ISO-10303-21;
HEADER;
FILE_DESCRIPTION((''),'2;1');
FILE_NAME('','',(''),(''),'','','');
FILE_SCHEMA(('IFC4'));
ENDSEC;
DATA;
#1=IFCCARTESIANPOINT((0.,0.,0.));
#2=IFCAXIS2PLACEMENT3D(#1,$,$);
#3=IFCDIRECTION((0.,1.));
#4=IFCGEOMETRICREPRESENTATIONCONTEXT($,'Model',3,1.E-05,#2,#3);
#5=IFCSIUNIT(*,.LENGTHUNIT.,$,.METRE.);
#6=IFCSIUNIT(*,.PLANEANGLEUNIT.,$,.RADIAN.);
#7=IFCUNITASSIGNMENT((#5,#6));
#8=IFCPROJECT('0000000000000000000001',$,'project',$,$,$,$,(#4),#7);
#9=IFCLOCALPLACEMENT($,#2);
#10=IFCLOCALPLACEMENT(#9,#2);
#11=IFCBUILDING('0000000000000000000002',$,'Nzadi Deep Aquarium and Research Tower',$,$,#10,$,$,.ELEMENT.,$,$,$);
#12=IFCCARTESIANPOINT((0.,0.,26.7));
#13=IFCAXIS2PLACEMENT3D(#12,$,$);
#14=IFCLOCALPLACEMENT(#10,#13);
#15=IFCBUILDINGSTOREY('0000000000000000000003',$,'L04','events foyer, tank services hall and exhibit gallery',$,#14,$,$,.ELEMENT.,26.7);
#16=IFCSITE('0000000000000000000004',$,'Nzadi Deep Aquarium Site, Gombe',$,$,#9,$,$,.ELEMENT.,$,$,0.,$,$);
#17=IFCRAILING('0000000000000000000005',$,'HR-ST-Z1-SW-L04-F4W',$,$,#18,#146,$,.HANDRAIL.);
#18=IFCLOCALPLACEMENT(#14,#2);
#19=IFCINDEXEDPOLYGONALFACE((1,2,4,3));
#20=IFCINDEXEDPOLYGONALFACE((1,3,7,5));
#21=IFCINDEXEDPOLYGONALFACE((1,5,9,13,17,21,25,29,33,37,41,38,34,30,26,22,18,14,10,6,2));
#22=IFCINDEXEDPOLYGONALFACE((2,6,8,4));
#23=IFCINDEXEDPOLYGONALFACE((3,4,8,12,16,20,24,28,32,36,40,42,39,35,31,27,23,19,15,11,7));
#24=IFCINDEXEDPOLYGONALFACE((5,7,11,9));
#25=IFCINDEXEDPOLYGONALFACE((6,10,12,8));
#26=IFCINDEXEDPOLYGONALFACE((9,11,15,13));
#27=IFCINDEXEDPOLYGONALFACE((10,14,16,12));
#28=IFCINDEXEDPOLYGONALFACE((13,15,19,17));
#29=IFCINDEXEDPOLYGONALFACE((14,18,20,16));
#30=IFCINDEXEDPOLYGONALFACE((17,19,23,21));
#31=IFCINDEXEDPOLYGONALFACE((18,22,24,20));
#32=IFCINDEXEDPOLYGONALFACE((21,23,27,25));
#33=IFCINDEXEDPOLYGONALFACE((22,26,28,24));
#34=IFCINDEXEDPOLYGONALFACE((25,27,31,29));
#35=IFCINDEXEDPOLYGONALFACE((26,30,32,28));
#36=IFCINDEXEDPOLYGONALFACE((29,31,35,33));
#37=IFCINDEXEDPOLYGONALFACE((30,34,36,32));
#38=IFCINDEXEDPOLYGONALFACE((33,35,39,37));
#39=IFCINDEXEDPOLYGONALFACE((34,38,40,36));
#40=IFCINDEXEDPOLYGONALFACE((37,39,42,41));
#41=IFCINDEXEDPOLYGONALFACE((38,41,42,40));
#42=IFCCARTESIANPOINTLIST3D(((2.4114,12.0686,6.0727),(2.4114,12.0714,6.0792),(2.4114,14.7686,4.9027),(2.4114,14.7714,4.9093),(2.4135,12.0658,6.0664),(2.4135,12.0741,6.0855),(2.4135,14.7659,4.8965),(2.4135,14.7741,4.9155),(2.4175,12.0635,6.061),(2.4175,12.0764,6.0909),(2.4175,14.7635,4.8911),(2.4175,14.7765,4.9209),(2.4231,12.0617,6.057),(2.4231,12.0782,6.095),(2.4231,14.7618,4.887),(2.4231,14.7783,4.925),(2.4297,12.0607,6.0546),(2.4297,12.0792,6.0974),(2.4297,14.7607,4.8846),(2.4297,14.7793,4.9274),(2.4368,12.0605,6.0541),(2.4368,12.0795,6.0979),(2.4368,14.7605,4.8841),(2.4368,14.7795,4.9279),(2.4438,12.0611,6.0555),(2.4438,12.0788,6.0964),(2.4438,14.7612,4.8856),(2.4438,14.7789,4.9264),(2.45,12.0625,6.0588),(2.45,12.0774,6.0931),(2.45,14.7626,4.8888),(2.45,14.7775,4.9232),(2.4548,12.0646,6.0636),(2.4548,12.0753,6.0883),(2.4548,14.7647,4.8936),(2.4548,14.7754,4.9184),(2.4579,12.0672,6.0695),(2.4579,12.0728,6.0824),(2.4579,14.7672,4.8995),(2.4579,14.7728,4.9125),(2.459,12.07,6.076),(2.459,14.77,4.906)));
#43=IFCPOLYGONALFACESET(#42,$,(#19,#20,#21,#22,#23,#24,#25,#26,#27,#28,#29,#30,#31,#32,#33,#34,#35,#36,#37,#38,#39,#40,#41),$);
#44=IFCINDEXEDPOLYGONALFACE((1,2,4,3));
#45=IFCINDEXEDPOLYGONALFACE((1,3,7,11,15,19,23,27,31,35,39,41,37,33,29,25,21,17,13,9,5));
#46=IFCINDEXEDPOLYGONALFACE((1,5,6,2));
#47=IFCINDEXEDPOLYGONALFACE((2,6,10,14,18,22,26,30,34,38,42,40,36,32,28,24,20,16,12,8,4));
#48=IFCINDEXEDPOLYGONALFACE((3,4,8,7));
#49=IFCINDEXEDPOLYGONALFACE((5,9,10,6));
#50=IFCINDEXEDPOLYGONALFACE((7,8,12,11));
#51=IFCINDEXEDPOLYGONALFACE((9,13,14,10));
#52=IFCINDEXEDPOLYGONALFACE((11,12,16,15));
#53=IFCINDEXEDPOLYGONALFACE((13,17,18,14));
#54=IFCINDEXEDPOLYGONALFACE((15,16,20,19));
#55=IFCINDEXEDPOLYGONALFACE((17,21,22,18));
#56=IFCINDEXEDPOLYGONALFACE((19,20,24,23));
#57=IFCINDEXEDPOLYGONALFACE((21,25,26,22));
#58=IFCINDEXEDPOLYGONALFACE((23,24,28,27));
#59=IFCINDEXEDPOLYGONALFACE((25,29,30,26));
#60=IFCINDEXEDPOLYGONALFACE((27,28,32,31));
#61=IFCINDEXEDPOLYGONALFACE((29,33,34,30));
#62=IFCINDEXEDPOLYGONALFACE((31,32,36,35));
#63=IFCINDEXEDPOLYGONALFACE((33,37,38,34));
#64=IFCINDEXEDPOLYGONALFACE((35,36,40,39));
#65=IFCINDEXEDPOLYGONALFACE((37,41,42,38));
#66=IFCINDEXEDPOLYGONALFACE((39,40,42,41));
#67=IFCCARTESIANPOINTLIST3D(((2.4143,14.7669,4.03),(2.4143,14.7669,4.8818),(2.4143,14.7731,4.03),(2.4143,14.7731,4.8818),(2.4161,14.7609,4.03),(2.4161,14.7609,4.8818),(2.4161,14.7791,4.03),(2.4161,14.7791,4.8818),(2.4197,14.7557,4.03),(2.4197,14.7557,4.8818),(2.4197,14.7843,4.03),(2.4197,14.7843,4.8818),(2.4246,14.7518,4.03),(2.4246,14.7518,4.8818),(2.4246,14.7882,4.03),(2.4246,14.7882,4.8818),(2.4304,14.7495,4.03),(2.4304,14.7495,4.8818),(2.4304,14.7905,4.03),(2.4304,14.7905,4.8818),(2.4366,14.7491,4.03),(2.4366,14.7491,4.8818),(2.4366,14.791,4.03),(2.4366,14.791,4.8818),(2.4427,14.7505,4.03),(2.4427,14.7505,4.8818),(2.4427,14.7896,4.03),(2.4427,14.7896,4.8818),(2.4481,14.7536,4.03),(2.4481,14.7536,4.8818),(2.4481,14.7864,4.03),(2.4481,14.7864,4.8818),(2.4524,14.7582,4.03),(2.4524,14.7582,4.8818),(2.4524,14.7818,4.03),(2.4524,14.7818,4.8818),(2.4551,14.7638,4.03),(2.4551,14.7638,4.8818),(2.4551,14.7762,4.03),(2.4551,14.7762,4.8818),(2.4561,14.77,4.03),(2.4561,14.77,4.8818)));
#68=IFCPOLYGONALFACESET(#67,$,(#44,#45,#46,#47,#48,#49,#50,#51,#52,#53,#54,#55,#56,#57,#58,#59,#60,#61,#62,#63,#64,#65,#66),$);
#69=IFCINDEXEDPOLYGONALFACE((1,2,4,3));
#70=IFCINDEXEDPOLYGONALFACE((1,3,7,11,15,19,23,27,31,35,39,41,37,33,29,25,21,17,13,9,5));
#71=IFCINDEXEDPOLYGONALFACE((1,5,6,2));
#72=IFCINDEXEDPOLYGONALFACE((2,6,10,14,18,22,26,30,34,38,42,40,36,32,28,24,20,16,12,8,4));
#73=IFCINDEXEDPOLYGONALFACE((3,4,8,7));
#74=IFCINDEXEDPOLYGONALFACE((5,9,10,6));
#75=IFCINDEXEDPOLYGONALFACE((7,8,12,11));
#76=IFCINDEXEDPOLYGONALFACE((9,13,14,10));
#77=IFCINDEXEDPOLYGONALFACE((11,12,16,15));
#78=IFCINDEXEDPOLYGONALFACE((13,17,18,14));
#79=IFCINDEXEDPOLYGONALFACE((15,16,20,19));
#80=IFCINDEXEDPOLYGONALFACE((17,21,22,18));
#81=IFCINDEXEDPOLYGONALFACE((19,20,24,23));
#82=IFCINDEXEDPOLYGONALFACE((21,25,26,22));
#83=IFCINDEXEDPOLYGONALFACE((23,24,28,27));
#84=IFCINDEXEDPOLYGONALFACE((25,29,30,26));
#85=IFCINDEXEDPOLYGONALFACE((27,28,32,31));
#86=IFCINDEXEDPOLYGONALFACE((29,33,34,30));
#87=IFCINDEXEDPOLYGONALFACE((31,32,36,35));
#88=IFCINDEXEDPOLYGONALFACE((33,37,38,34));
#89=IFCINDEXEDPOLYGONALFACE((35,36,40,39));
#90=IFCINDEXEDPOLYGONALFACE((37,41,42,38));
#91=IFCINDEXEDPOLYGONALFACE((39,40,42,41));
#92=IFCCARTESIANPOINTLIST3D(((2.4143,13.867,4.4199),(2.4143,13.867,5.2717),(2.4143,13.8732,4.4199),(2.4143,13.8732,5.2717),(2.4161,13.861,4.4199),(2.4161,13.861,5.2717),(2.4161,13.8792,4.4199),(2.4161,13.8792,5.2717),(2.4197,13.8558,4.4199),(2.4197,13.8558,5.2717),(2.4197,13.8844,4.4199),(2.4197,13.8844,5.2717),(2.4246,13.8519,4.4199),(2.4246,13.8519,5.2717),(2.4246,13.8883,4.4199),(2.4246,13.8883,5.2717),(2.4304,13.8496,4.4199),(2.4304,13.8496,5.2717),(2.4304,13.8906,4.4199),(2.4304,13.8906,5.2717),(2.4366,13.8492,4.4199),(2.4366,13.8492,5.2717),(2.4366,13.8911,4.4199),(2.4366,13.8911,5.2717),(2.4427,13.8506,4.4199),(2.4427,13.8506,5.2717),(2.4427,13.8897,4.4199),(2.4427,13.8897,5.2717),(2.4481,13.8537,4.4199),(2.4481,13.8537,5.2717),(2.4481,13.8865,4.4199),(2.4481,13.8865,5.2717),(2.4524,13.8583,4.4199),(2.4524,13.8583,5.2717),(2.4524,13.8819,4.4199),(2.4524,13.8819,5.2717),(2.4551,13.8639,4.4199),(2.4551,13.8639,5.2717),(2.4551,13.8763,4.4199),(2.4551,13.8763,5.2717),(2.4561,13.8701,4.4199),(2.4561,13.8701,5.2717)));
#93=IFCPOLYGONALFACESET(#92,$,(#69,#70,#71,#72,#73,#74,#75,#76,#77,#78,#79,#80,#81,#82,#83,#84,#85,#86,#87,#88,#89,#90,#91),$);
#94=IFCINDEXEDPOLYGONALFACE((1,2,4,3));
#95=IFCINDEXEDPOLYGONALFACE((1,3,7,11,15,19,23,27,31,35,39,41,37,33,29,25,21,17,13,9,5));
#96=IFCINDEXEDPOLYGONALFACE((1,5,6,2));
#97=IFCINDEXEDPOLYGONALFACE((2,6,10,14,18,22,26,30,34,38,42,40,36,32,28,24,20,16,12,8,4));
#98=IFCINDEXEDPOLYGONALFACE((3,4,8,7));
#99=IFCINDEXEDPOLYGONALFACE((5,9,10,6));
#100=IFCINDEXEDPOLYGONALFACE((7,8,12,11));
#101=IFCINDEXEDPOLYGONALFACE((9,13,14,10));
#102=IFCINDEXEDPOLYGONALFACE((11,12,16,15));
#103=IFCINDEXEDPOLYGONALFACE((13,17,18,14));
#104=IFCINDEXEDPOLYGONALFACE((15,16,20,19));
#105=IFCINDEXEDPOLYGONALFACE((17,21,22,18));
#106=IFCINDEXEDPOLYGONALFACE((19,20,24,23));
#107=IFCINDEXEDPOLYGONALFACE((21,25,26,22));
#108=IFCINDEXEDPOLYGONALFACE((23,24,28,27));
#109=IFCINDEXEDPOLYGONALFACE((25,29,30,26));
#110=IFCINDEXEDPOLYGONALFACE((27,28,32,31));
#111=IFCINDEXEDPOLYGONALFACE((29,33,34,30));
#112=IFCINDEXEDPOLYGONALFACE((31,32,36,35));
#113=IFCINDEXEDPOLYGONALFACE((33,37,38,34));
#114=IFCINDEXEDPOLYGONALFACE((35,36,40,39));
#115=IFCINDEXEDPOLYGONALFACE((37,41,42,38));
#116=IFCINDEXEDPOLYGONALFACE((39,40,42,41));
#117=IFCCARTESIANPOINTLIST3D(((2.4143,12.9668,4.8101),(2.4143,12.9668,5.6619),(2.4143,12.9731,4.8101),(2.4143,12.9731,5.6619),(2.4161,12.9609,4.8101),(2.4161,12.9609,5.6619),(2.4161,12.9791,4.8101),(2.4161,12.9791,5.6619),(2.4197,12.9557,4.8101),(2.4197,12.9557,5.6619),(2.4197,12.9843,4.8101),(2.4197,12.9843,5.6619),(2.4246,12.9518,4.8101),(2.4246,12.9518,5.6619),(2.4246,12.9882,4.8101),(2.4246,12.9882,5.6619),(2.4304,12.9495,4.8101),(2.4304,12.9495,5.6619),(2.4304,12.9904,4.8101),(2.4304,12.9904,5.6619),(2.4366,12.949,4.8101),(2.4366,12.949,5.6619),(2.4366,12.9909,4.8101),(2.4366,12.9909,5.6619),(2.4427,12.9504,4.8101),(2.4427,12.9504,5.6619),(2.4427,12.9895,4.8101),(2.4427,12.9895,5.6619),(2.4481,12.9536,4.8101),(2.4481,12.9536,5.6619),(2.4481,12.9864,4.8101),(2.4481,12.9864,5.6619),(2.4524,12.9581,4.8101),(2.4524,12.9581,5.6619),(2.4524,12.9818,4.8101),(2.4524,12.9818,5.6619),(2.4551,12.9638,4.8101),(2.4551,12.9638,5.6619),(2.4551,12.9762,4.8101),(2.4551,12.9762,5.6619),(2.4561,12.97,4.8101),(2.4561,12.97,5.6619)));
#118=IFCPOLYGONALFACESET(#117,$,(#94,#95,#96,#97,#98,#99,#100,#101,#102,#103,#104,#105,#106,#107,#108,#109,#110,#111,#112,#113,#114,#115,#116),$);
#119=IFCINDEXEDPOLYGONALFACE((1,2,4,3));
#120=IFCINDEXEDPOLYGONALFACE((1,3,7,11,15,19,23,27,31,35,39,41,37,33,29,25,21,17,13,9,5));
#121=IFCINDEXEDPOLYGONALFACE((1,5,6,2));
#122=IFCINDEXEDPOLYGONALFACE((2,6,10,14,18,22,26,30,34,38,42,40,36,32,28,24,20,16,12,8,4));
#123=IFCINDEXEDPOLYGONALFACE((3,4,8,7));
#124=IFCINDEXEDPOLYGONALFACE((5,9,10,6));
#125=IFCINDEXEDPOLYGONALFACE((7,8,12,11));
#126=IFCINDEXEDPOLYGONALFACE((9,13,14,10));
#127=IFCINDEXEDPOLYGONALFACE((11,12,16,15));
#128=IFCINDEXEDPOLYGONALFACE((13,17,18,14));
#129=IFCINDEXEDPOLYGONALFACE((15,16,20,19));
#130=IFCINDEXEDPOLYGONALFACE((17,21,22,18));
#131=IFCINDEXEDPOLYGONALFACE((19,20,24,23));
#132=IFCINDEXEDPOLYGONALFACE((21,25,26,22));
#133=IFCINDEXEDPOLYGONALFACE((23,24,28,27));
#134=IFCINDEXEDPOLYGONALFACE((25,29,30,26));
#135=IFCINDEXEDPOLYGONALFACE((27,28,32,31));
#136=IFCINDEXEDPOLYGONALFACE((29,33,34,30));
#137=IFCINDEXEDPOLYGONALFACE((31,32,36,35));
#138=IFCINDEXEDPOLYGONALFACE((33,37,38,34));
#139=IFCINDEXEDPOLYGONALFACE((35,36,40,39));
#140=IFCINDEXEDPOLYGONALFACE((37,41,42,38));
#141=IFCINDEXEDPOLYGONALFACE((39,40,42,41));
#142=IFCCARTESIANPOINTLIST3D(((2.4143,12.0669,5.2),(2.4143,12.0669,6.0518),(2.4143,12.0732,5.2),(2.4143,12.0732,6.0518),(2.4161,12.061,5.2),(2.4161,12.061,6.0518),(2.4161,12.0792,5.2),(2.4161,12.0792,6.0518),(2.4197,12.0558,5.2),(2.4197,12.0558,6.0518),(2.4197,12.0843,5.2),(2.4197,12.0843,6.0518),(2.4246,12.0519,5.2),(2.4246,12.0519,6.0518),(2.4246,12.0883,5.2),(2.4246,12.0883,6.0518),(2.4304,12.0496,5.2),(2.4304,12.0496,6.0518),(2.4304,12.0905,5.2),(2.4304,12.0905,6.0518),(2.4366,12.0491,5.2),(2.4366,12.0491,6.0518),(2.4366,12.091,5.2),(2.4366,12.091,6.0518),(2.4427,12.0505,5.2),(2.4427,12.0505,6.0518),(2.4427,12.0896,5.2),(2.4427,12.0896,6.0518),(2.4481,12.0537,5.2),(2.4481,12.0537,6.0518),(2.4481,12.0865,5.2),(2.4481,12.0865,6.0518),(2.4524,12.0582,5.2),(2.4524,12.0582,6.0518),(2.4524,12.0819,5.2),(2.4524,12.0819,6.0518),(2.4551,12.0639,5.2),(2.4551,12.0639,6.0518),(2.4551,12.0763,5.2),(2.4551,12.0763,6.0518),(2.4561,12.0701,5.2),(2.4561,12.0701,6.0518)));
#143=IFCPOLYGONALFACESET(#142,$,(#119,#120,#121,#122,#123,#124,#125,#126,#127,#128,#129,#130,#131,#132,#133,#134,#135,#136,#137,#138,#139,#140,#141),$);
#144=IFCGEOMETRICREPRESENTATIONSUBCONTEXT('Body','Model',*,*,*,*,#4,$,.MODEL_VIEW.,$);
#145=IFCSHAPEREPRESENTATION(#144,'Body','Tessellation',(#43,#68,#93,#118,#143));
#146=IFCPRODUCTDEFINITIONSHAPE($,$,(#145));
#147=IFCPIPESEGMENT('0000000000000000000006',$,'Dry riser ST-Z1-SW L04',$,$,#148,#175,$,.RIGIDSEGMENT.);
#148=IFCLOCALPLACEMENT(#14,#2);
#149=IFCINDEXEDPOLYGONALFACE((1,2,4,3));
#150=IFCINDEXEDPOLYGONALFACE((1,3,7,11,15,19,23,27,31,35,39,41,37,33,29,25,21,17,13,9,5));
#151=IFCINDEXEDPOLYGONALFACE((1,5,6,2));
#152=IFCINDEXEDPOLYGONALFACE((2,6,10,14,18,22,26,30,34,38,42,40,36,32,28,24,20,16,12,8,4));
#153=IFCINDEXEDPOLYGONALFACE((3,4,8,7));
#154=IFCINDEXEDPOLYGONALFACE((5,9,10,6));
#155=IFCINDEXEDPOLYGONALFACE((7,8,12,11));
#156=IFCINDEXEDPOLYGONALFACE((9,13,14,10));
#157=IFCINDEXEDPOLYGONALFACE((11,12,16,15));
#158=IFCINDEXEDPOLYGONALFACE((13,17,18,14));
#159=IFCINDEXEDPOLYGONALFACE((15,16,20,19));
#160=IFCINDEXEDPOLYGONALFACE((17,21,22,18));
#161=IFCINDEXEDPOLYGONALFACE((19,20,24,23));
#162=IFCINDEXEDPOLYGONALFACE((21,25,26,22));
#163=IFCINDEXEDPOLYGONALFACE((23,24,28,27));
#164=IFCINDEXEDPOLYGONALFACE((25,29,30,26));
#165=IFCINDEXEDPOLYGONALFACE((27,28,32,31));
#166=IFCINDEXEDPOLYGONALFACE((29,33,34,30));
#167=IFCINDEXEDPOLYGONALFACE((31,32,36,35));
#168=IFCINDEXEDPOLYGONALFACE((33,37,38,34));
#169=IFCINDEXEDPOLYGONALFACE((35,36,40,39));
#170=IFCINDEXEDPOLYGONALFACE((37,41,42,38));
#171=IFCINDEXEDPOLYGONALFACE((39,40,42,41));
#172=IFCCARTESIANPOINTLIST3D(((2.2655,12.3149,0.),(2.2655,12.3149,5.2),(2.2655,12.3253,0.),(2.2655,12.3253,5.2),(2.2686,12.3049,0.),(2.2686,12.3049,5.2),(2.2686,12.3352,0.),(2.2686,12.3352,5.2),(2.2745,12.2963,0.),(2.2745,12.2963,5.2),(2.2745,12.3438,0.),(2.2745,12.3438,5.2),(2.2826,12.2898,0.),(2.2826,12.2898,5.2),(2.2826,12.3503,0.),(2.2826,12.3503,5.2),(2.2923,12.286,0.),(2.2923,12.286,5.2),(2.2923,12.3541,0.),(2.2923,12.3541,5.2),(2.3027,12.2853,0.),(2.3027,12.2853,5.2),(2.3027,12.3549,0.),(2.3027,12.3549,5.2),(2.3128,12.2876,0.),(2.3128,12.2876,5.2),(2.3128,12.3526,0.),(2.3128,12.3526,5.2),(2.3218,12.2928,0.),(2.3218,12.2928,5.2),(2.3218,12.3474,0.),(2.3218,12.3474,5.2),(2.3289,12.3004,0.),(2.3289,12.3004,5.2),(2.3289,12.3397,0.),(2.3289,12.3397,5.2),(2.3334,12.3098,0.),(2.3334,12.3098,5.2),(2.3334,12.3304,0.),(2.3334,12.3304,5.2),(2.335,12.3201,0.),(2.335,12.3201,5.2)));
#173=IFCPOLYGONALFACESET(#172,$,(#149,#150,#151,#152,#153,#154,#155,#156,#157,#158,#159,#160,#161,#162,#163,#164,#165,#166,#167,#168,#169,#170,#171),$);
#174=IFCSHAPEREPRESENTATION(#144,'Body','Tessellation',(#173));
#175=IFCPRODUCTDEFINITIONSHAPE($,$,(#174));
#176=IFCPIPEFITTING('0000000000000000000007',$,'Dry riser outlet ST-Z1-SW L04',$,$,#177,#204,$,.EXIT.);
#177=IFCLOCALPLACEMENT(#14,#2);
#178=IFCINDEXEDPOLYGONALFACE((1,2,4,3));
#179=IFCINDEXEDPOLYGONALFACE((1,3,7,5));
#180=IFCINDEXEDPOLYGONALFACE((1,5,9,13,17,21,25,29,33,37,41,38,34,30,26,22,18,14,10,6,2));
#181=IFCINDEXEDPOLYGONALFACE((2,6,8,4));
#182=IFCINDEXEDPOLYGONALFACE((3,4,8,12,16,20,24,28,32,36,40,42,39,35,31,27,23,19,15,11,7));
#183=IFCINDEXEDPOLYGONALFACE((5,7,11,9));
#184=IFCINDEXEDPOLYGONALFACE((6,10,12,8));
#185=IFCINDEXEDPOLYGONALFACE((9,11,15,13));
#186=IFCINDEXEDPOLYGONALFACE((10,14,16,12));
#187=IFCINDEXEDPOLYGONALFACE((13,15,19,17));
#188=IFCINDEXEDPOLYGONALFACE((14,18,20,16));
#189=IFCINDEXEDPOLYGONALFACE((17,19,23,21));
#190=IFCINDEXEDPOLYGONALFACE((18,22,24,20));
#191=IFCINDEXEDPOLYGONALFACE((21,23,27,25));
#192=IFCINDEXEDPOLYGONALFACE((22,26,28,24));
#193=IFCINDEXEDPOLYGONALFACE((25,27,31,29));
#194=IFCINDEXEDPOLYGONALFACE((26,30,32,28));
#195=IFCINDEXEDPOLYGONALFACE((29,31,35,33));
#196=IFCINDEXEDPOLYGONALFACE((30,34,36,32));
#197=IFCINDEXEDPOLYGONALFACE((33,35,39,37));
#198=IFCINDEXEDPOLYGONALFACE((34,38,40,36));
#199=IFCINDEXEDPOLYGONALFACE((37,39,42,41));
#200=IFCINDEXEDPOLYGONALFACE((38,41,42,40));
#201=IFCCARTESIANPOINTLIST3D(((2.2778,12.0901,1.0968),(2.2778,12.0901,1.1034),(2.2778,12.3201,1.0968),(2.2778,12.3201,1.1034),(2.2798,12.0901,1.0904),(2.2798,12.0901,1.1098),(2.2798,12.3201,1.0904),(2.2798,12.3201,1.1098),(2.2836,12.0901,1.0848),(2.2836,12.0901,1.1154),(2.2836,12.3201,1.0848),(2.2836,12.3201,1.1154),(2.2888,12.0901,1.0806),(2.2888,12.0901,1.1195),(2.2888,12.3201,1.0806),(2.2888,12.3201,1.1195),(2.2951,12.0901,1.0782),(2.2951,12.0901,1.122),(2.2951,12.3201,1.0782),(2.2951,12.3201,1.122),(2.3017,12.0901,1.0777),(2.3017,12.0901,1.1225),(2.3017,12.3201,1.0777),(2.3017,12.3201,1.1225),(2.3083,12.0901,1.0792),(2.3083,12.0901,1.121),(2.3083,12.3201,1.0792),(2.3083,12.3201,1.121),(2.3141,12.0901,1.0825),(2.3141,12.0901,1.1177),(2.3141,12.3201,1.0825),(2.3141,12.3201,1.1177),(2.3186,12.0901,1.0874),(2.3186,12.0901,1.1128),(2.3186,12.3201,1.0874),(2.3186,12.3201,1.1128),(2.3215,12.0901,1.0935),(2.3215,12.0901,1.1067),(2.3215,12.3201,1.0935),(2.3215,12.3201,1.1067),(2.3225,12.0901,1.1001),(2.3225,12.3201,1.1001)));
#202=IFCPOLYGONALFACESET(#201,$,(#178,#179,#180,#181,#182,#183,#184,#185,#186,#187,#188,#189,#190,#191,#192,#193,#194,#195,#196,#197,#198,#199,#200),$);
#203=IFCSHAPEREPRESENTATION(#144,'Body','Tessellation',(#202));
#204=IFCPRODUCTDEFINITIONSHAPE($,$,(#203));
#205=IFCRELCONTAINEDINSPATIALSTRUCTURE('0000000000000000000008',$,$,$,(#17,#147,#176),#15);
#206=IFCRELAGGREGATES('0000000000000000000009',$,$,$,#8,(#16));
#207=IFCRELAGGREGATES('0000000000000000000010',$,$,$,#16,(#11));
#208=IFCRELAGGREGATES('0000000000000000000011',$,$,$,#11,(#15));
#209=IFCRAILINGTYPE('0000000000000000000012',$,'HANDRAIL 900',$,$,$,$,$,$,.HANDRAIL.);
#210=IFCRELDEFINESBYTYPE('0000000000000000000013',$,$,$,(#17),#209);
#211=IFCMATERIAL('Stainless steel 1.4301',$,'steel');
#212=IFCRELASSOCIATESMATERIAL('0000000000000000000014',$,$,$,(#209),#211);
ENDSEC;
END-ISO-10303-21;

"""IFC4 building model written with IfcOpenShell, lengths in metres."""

from ifc_helpers import new_model, si_unit, direction, frame, origin, origin_2d, place, context, subcontext, project, spatial, circle, extrude, material, type_object, element, save


model = new_model("IFC4")

# Units and contexts
model_context = context("Model", 3, precision=1e-05, world=origin(), true_north=direction((0.0, 1.0)))
body_context = subcontext(model_context, "Body", "Model", "MODEL_VIEW")
ifc_project = project(units=[si_unit("LENGTHUNIT", "METRE"), si_unit("PLANEANGLEUNIT", "RADIAN")], contexts=[model_context])

# Site, building, storey
site_placement = place(None, origin())
site = spatial("IfcSite", under=ifc_project, at=site_placement, Name="Nzadi Deep Aquarium Site, Gombe", CompositionType="ELEMENT", RefElevation=0.0)
building_placement = place(site_placement, origin())
building = spatial("IfcBuilding", under=site, at=building_placement, Name="Nzadi Deep Aquarium and Research Tower", CompositionType="ELEMENT")
storey_placement = place(building_placement, frame((0.0, 0.0, 26.7)))
storey = spatial("IfcBuildingStorey", under=building, at=storey_placement, Name="L04", Description="events foyer, tank services hall and exhibit gallery", CompositionType="ELEMENT", Elevation=26.7)

# Railing
ifc_material_1 = material(Name="Stainless steel 1.4301", Category="steel")
railing_type = type_object("IfcRailingType", Name="HANDRAIL 900", PredefinedType="HANDRAIL", material=ifc_material_1)
for number, where, name in (
    (1, (2.4351, 14.77, 4.03), "HR-ST-Z1-SW-L04-F4W"),
):
    element("IfcRailing", number, at=place(storey_placement, frame(where)), inside=storey, type_object=railing_type, Name=name, PredefinedType="HANDRAIL", context=body_context, shape_type="SweptSolid", body=[
        extrude(circle(Radius=0.0239, at=origin_2d()), frame((0.0, 0.0, 0.876), z_axis=(0.0, -0.917563, 0.397591), x_axis=(1.0, 0.0, 0.0)), (0.0, 0.0, 1.0), 2.9426),
        extrude(circle(Radius=0.021, at=origin_2d()), origin(), (0.0, 0.0, 1.0), 0.8518),
        extrude(circle(Radius=0.021, at=origin_2d()), frame((0.0, -0.8999, 0.3899)), (0.0, 0.0, 1.0), 0.8518),
        extrude(circle(Radius=0.021, at=origin_2d()), frame((0.0, -1.8, 0.78)), (0.0, 0.0, 1.0), 0.8518),
        extrude(circle(Radius=0.021, at=origin_2d()), frame((0.0, -2.7, 1.1699)), (0.0, 0.0, 1.0), 0.8518),
    ])

# Pipe segment
pipe_segment_placement = place(storey_placement, frame((2.3, 12.3201, 0.0), z_axis=(0.0, 0.0, 1.0), x_axis=(1.0, 0.0, 0.0)))
element("IfcPipeSegment", 2, at=pipe_segment_placement, inside=storey, Name="Dry riser ST-Z1-SW L04", PredefinedType="RIGIDSEGMENT", context=body_context, shape_type="SweptSolid", body=[
    extrude(circle(Radius=0.0349, at=origin_2d()), origin(), (0.0, 0.0, 1.0), 5.2),
])

# Pipe fitting
pipe_fitting_placement = place(storey_placement, frame((2.3, 12.3201, 1.1001), z_axis=(0.0, -1.0, 0.0), x_axis=(1.0, 0.0, 0.0)))
element("IfcPipeFitting", 3, at=pipe_fitting_placement, inside=storey, Name="Dry riser outlet ST-Z1-SW L04", PredefinedType="EXIT", context=body_context, shape_type="SweptSolid", body=[
    extrude(circle(Radius=0.0225, at=origin_2d()), origin(), (0.0, 0.0, 1.0), 0.23),
])

save(model, "model.ifc")
